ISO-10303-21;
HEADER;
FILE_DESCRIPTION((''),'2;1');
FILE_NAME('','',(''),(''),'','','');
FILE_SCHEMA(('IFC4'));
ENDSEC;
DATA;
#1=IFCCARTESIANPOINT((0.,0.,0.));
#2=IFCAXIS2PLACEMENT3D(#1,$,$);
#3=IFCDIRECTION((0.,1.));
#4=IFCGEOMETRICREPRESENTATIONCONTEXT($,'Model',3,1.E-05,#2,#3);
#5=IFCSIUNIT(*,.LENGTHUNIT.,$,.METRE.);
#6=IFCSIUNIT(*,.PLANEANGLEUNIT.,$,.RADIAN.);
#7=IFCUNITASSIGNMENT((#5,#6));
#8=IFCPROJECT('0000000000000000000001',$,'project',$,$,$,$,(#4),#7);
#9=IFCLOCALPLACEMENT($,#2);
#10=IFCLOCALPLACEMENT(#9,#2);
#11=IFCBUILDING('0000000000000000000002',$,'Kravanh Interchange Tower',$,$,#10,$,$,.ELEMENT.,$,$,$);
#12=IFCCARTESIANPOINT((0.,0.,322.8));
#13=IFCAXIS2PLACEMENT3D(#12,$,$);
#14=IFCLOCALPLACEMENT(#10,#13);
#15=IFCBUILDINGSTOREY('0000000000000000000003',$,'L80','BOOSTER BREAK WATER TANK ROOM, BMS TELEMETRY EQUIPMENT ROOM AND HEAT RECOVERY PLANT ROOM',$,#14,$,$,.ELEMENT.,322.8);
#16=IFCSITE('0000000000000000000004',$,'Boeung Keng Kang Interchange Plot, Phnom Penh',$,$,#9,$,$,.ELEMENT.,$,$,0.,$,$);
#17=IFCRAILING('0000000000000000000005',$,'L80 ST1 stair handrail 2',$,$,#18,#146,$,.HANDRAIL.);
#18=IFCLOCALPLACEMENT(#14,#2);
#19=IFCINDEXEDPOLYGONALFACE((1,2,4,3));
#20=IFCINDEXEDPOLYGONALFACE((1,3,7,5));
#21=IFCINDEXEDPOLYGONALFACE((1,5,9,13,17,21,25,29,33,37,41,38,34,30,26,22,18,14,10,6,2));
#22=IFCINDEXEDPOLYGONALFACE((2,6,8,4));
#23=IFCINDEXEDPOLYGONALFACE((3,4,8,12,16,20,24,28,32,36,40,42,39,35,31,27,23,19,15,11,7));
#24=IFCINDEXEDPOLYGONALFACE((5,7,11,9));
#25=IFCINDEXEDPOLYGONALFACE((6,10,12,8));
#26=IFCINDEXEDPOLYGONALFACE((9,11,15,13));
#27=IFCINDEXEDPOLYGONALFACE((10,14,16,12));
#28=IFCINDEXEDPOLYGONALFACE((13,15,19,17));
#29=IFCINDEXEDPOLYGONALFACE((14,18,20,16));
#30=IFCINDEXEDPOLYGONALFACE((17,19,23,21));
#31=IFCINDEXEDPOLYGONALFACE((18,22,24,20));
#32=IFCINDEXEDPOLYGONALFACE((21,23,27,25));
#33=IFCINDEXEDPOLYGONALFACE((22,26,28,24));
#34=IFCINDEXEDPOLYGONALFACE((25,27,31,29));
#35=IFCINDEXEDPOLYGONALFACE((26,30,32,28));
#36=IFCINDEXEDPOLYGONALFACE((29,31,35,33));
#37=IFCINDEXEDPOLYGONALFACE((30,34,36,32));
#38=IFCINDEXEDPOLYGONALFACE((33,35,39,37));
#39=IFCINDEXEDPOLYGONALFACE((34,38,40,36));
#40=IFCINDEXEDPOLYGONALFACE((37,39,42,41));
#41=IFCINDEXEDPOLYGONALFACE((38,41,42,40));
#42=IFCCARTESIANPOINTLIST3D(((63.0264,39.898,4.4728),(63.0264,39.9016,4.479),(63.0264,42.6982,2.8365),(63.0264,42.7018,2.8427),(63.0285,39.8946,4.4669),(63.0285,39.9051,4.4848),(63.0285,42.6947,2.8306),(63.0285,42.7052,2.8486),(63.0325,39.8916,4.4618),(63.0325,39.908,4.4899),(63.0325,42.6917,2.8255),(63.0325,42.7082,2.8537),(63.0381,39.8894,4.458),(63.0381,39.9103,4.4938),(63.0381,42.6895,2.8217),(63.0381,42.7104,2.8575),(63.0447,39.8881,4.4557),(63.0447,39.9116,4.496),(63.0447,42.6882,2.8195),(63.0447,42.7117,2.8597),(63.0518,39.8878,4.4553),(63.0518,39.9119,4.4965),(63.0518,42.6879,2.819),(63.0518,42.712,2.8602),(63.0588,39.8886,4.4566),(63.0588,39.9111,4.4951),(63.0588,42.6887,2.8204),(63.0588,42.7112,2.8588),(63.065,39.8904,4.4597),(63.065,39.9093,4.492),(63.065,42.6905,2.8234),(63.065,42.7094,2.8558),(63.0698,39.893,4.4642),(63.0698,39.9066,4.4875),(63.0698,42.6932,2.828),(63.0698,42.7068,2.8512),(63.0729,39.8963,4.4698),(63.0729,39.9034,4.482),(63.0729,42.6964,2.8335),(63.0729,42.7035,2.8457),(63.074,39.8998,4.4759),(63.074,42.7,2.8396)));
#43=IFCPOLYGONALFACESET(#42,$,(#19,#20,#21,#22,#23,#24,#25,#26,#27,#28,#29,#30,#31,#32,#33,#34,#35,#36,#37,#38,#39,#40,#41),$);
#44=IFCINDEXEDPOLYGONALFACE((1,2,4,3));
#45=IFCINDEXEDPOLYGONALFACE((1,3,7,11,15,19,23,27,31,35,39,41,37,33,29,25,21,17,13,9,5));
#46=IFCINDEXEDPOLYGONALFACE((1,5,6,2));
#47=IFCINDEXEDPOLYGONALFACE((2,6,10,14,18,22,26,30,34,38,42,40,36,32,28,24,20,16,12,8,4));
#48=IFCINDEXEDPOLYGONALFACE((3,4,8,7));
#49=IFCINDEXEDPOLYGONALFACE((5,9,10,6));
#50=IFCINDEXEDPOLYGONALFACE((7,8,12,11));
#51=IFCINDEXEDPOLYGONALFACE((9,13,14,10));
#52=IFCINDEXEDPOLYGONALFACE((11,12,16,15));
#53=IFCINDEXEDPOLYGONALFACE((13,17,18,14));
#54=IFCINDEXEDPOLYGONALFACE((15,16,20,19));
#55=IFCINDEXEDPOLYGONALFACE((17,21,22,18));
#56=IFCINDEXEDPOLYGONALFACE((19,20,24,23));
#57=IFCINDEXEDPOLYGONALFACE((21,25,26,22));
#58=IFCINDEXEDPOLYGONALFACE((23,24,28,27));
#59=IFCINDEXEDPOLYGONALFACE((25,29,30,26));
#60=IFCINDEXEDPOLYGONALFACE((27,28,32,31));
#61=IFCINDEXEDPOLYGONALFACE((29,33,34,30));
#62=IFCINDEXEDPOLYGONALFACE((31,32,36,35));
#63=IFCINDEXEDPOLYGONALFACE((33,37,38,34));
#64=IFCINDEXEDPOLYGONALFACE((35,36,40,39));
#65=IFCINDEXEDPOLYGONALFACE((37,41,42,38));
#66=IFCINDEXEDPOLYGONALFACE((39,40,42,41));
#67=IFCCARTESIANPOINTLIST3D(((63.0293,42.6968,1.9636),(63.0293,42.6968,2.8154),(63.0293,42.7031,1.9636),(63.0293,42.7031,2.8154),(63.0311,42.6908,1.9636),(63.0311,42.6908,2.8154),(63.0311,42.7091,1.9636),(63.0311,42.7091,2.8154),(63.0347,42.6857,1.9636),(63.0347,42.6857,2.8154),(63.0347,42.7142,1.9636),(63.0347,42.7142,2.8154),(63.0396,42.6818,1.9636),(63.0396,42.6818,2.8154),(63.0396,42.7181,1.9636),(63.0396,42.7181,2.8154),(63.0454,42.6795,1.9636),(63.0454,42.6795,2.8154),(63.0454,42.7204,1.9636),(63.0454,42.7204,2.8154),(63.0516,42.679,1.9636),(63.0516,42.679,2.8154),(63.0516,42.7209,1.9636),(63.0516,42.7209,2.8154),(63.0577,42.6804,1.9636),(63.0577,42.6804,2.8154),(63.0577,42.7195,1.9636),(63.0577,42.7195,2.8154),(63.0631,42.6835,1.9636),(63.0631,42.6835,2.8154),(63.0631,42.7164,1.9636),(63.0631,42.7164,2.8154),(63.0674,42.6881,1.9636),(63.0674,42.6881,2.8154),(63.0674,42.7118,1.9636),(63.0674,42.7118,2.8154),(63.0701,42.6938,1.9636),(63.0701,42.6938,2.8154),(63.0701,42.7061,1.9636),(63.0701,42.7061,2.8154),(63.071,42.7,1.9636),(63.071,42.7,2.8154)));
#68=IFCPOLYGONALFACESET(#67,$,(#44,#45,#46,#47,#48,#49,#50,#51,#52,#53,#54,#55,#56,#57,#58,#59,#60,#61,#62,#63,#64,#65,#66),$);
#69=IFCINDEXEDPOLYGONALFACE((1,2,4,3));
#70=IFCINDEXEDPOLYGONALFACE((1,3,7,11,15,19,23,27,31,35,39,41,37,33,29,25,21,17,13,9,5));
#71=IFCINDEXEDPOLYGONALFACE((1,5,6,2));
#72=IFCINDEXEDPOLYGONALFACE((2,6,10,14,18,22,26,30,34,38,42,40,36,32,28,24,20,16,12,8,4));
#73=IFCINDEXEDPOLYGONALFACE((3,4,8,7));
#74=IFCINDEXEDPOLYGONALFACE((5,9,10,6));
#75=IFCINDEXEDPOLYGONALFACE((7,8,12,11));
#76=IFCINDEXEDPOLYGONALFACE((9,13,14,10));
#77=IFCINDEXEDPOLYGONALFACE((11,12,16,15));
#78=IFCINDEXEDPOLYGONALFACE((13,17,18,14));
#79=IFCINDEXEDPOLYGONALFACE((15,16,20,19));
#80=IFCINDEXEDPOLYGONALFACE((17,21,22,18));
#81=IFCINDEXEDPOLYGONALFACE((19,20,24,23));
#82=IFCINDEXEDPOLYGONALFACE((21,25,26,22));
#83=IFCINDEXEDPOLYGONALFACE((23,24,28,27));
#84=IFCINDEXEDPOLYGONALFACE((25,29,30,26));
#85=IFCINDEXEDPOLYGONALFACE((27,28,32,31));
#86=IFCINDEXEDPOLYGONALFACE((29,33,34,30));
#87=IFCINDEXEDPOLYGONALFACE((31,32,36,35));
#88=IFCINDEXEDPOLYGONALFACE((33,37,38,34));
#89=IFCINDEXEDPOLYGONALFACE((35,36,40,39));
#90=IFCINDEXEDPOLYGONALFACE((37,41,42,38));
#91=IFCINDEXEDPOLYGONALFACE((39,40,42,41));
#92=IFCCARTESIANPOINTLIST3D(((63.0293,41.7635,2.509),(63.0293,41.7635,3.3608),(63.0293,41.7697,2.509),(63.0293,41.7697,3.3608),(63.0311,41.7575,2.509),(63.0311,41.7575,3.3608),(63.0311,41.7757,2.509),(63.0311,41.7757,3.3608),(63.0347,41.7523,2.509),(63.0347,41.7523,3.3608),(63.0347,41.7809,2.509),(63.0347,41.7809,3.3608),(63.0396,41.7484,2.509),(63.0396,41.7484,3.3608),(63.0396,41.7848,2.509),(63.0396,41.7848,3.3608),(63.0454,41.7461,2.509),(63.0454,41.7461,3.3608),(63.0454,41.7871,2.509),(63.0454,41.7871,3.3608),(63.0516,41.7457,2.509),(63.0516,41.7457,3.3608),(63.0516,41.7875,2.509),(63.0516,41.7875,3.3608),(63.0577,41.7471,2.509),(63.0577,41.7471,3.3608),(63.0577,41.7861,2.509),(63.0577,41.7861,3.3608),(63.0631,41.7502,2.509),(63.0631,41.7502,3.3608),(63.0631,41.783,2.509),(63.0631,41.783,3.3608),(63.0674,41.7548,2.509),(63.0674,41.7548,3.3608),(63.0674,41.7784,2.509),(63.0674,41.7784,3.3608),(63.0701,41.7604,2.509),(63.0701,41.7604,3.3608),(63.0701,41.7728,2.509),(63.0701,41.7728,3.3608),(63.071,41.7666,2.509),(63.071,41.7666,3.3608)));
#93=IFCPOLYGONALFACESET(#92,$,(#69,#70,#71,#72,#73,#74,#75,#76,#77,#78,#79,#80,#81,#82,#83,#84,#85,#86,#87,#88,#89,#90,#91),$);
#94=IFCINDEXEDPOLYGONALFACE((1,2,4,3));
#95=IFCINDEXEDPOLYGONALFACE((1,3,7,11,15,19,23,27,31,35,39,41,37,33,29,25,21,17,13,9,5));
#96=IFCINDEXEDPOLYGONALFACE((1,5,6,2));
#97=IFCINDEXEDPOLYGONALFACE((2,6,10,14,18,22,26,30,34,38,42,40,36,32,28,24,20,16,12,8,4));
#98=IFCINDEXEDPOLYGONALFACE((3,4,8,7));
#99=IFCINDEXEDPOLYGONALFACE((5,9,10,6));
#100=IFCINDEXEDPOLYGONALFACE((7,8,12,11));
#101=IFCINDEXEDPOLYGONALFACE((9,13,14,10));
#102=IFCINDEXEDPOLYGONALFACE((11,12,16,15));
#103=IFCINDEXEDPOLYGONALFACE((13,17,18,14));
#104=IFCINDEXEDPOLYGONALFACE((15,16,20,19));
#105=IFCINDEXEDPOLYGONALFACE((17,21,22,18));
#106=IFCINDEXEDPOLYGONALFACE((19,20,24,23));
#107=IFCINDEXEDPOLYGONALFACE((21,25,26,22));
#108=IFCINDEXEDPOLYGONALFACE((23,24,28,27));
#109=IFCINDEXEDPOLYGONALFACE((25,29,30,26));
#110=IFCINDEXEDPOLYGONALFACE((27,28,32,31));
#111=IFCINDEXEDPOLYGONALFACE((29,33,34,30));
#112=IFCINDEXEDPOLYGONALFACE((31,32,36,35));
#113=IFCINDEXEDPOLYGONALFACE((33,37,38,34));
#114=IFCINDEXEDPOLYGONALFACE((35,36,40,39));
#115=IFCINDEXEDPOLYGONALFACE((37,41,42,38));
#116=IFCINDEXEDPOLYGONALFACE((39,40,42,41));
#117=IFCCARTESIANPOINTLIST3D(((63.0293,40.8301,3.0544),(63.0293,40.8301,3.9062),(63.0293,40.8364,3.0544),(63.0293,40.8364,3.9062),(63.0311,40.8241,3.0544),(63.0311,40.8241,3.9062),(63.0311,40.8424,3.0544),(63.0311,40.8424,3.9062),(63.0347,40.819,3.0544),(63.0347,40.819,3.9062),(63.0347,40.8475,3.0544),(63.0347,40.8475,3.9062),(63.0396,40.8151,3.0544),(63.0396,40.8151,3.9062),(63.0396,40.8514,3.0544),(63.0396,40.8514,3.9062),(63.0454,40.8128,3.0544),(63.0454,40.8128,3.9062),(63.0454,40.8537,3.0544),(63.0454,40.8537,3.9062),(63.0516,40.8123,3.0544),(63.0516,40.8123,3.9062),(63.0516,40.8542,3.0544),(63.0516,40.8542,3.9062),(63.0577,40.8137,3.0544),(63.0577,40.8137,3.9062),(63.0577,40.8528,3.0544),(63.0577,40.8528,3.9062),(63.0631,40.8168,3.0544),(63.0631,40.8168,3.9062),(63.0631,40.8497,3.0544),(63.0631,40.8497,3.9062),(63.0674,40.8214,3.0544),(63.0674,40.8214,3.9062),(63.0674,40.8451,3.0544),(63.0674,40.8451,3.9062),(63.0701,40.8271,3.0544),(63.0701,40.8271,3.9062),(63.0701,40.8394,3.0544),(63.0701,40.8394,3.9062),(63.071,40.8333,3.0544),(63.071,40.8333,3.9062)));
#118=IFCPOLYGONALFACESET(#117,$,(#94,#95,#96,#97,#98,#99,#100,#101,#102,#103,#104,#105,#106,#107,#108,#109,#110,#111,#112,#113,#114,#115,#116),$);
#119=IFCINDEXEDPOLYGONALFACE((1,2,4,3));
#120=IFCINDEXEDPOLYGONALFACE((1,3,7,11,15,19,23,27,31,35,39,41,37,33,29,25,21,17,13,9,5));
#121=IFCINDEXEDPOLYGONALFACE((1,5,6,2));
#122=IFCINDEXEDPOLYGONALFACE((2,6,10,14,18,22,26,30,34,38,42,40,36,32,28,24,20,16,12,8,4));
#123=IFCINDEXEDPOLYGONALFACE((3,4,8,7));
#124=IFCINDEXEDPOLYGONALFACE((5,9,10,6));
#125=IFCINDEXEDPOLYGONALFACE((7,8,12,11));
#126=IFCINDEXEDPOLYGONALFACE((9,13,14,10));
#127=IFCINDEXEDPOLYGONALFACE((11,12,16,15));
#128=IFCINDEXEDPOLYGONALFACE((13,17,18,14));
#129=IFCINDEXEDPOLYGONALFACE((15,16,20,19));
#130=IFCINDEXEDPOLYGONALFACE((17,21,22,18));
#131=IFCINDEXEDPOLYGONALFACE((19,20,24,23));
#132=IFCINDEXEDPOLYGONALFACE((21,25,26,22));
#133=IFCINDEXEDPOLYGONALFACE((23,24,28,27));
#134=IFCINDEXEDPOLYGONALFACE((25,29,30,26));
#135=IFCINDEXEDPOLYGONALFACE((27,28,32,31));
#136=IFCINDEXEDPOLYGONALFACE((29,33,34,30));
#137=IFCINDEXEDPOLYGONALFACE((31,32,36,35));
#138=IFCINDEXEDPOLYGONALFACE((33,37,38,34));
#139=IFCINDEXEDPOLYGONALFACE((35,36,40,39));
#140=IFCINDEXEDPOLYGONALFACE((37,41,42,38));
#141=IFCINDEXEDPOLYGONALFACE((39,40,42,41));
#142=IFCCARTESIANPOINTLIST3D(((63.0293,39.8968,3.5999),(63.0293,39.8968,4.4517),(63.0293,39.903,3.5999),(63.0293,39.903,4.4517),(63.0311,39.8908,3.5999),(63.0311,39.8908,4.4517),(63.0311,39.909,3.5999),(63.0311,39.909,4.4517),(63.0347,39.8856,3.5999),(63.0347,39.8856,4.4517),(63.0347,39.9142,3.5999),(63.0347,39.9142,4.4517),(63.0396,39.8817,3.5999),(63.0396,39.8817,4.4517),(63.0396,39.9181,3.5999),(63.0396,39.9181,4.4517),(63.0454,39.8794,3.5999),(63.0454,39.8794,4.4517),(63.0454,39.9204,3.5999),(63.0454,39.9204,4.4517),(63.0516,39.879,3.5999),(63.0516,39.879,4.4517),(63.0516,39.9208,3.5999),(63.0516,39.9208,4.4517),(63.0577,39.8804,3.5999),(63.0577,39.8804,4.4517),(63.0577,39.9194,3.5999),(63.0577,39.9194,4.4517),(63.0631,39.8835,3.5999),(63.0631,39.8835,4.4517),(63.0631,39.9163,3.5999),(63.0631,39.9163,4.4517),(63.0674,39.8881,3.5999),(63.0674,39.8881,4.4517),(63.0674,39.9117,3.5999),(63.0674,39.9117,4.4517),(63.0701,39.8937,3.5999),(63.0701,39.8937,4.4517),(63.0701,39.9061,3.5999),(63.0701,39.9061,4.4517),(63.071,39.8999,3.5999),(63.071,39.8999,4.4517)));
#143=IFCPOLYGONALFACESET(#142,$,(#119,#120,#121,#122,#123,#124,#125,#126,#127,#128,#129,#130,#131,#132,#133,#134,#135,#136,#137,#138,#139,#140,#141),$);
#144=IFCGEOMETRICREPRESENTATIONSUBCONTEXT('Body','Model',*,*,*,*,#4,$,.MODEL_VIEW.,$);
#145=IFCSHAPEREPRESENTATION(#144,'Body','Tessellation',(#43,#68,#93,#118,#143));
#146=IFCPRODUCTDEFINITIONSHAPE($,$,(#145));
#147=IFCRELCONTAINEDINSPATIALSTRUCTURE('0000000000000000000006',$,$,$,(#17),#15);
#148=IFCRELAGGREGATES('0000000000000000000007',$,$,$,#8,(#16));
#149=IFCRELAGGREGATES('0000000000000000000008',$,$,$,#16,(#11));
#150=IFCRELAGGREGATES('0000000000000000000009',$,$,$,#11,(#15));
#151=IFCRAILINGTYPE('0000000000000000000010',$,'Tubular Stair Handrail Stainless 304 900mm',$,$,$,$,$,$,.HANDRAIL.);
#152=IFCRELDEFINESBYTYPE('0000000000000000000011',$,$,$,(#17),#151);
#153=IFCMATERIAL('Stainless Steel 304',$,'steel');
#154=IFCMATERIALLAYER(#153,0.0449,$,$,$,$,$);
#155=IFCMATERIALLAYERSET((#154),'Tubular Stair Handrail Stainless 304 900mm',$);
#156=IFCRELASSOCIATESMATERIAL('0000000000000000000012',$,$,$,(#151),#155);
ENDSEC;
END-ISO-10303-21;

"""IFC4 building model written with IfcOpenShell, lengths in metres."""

from ifc_helpers import new_model, si_unit, direction, frame, origin, origin_2d, place, context, subcontext, project, spatial, circle, extrude, material, layer, layer_set, type_object, element, save


model = new_model("IFC4")

# Units and contexts
model_context = context("Model", 3, precision=1e-05, world=origin(), true_north=direction((0.0, 1.0)))
body_context = subcontext(model_context, "Body", "Model", "MODEL_VIEW")
ifc_project = project(units=[si_unit("LENGTHUNIT", "METRE"), si_unit("PLANEANGLEUNIT", "RADIAN")], contexts=[model_context])

# Site, building, storey
site_placement = place(None, origin())
site = spatial("IfcSite", under=ifc_project, at=site_placement, Name="Boeung Keng Kang Interchange Plot, Phnom Penh", CompositionType="ELEMENT", RefElevation=0.0)
building_placement = place(site_placement, origin())
building = spatial("IfcBuilding", under=site, at=building_placement, Name="Kravanh Interchange Tower", CompositionType="ELEMENT")
storey_placement = place(building_placement, frame((0.0, 0.0, 322.8)))
storey = spatial("IfcBuildingStorey", under=building, at=storey_placement, Name="L80", Description="BOOSTER BREAK WATER TANK ROOM, BMS TELEMETRY EQUIPMENT ROOM AND HEAT RECOVERY PLANT ROOM", CompositionType="ELEMENT", Elevation=322.8)

# Railing
ifc_material_1 = material(Name="Stainless Steel 304", Category="steel")
ifc_layer_1 = layer(ifc_material_1, 0.0449)
ifc_layer_set_1 = layer_set([ifc_layer_1], Name="Tubular Stair Handrail Stainless 304 900mm")
railing_type_1 = type_object("IfcRailingType", Name="Tubular Stair Handrail Stainless 304 900mm", PredefinedType="HANDRAIL", material=ifc_layer_set_1)
railing_1_placement = place(storey_placement, frame((63.05, 42.7, 1.9636)))
element("IfcRailing", 1, at=railing_1_placement, inside=storey, type_object=railing_type_1, Name="L80 ST1 stair handrail 2", PredefinedType="HANDRAIL", context=body_context, shape_type="SweptSolid", body=[
    extrude(circle(Radius=0.0239, at=origin_2d()), frame((0.0, 0.0, 0.876), z_axis=(0.0, -0.863394, 0.504531), x_axis=(1.0, 0.0, 0.0)), (0.0, 0.0, 1.0), 3.2432),
    extrude(circle(Radius=0.021, at=origin_2d()), origin(), (0.0, 0.0, 1.0), 0.8518),
    extrude(circle(Radius=0.021, at=origin_2d()), frame((0.0, -0.9333, 0.5454)), (0.0, 0.0, 1.0), 0.8518),
    extrude(circle(Radius=0.021, at=origin_2d()), frame((0.0, -1.8667, 1.0908)), (0.0, 0.0, 1.0), 0.8518),
    extrude(circle(Radius=0.021, at=origin_2d()), frame((0.0, -2.8, 1.6362)), (0.0, 0.0, 1.0), 0.8518),
])

save(model, "model.ifc")
